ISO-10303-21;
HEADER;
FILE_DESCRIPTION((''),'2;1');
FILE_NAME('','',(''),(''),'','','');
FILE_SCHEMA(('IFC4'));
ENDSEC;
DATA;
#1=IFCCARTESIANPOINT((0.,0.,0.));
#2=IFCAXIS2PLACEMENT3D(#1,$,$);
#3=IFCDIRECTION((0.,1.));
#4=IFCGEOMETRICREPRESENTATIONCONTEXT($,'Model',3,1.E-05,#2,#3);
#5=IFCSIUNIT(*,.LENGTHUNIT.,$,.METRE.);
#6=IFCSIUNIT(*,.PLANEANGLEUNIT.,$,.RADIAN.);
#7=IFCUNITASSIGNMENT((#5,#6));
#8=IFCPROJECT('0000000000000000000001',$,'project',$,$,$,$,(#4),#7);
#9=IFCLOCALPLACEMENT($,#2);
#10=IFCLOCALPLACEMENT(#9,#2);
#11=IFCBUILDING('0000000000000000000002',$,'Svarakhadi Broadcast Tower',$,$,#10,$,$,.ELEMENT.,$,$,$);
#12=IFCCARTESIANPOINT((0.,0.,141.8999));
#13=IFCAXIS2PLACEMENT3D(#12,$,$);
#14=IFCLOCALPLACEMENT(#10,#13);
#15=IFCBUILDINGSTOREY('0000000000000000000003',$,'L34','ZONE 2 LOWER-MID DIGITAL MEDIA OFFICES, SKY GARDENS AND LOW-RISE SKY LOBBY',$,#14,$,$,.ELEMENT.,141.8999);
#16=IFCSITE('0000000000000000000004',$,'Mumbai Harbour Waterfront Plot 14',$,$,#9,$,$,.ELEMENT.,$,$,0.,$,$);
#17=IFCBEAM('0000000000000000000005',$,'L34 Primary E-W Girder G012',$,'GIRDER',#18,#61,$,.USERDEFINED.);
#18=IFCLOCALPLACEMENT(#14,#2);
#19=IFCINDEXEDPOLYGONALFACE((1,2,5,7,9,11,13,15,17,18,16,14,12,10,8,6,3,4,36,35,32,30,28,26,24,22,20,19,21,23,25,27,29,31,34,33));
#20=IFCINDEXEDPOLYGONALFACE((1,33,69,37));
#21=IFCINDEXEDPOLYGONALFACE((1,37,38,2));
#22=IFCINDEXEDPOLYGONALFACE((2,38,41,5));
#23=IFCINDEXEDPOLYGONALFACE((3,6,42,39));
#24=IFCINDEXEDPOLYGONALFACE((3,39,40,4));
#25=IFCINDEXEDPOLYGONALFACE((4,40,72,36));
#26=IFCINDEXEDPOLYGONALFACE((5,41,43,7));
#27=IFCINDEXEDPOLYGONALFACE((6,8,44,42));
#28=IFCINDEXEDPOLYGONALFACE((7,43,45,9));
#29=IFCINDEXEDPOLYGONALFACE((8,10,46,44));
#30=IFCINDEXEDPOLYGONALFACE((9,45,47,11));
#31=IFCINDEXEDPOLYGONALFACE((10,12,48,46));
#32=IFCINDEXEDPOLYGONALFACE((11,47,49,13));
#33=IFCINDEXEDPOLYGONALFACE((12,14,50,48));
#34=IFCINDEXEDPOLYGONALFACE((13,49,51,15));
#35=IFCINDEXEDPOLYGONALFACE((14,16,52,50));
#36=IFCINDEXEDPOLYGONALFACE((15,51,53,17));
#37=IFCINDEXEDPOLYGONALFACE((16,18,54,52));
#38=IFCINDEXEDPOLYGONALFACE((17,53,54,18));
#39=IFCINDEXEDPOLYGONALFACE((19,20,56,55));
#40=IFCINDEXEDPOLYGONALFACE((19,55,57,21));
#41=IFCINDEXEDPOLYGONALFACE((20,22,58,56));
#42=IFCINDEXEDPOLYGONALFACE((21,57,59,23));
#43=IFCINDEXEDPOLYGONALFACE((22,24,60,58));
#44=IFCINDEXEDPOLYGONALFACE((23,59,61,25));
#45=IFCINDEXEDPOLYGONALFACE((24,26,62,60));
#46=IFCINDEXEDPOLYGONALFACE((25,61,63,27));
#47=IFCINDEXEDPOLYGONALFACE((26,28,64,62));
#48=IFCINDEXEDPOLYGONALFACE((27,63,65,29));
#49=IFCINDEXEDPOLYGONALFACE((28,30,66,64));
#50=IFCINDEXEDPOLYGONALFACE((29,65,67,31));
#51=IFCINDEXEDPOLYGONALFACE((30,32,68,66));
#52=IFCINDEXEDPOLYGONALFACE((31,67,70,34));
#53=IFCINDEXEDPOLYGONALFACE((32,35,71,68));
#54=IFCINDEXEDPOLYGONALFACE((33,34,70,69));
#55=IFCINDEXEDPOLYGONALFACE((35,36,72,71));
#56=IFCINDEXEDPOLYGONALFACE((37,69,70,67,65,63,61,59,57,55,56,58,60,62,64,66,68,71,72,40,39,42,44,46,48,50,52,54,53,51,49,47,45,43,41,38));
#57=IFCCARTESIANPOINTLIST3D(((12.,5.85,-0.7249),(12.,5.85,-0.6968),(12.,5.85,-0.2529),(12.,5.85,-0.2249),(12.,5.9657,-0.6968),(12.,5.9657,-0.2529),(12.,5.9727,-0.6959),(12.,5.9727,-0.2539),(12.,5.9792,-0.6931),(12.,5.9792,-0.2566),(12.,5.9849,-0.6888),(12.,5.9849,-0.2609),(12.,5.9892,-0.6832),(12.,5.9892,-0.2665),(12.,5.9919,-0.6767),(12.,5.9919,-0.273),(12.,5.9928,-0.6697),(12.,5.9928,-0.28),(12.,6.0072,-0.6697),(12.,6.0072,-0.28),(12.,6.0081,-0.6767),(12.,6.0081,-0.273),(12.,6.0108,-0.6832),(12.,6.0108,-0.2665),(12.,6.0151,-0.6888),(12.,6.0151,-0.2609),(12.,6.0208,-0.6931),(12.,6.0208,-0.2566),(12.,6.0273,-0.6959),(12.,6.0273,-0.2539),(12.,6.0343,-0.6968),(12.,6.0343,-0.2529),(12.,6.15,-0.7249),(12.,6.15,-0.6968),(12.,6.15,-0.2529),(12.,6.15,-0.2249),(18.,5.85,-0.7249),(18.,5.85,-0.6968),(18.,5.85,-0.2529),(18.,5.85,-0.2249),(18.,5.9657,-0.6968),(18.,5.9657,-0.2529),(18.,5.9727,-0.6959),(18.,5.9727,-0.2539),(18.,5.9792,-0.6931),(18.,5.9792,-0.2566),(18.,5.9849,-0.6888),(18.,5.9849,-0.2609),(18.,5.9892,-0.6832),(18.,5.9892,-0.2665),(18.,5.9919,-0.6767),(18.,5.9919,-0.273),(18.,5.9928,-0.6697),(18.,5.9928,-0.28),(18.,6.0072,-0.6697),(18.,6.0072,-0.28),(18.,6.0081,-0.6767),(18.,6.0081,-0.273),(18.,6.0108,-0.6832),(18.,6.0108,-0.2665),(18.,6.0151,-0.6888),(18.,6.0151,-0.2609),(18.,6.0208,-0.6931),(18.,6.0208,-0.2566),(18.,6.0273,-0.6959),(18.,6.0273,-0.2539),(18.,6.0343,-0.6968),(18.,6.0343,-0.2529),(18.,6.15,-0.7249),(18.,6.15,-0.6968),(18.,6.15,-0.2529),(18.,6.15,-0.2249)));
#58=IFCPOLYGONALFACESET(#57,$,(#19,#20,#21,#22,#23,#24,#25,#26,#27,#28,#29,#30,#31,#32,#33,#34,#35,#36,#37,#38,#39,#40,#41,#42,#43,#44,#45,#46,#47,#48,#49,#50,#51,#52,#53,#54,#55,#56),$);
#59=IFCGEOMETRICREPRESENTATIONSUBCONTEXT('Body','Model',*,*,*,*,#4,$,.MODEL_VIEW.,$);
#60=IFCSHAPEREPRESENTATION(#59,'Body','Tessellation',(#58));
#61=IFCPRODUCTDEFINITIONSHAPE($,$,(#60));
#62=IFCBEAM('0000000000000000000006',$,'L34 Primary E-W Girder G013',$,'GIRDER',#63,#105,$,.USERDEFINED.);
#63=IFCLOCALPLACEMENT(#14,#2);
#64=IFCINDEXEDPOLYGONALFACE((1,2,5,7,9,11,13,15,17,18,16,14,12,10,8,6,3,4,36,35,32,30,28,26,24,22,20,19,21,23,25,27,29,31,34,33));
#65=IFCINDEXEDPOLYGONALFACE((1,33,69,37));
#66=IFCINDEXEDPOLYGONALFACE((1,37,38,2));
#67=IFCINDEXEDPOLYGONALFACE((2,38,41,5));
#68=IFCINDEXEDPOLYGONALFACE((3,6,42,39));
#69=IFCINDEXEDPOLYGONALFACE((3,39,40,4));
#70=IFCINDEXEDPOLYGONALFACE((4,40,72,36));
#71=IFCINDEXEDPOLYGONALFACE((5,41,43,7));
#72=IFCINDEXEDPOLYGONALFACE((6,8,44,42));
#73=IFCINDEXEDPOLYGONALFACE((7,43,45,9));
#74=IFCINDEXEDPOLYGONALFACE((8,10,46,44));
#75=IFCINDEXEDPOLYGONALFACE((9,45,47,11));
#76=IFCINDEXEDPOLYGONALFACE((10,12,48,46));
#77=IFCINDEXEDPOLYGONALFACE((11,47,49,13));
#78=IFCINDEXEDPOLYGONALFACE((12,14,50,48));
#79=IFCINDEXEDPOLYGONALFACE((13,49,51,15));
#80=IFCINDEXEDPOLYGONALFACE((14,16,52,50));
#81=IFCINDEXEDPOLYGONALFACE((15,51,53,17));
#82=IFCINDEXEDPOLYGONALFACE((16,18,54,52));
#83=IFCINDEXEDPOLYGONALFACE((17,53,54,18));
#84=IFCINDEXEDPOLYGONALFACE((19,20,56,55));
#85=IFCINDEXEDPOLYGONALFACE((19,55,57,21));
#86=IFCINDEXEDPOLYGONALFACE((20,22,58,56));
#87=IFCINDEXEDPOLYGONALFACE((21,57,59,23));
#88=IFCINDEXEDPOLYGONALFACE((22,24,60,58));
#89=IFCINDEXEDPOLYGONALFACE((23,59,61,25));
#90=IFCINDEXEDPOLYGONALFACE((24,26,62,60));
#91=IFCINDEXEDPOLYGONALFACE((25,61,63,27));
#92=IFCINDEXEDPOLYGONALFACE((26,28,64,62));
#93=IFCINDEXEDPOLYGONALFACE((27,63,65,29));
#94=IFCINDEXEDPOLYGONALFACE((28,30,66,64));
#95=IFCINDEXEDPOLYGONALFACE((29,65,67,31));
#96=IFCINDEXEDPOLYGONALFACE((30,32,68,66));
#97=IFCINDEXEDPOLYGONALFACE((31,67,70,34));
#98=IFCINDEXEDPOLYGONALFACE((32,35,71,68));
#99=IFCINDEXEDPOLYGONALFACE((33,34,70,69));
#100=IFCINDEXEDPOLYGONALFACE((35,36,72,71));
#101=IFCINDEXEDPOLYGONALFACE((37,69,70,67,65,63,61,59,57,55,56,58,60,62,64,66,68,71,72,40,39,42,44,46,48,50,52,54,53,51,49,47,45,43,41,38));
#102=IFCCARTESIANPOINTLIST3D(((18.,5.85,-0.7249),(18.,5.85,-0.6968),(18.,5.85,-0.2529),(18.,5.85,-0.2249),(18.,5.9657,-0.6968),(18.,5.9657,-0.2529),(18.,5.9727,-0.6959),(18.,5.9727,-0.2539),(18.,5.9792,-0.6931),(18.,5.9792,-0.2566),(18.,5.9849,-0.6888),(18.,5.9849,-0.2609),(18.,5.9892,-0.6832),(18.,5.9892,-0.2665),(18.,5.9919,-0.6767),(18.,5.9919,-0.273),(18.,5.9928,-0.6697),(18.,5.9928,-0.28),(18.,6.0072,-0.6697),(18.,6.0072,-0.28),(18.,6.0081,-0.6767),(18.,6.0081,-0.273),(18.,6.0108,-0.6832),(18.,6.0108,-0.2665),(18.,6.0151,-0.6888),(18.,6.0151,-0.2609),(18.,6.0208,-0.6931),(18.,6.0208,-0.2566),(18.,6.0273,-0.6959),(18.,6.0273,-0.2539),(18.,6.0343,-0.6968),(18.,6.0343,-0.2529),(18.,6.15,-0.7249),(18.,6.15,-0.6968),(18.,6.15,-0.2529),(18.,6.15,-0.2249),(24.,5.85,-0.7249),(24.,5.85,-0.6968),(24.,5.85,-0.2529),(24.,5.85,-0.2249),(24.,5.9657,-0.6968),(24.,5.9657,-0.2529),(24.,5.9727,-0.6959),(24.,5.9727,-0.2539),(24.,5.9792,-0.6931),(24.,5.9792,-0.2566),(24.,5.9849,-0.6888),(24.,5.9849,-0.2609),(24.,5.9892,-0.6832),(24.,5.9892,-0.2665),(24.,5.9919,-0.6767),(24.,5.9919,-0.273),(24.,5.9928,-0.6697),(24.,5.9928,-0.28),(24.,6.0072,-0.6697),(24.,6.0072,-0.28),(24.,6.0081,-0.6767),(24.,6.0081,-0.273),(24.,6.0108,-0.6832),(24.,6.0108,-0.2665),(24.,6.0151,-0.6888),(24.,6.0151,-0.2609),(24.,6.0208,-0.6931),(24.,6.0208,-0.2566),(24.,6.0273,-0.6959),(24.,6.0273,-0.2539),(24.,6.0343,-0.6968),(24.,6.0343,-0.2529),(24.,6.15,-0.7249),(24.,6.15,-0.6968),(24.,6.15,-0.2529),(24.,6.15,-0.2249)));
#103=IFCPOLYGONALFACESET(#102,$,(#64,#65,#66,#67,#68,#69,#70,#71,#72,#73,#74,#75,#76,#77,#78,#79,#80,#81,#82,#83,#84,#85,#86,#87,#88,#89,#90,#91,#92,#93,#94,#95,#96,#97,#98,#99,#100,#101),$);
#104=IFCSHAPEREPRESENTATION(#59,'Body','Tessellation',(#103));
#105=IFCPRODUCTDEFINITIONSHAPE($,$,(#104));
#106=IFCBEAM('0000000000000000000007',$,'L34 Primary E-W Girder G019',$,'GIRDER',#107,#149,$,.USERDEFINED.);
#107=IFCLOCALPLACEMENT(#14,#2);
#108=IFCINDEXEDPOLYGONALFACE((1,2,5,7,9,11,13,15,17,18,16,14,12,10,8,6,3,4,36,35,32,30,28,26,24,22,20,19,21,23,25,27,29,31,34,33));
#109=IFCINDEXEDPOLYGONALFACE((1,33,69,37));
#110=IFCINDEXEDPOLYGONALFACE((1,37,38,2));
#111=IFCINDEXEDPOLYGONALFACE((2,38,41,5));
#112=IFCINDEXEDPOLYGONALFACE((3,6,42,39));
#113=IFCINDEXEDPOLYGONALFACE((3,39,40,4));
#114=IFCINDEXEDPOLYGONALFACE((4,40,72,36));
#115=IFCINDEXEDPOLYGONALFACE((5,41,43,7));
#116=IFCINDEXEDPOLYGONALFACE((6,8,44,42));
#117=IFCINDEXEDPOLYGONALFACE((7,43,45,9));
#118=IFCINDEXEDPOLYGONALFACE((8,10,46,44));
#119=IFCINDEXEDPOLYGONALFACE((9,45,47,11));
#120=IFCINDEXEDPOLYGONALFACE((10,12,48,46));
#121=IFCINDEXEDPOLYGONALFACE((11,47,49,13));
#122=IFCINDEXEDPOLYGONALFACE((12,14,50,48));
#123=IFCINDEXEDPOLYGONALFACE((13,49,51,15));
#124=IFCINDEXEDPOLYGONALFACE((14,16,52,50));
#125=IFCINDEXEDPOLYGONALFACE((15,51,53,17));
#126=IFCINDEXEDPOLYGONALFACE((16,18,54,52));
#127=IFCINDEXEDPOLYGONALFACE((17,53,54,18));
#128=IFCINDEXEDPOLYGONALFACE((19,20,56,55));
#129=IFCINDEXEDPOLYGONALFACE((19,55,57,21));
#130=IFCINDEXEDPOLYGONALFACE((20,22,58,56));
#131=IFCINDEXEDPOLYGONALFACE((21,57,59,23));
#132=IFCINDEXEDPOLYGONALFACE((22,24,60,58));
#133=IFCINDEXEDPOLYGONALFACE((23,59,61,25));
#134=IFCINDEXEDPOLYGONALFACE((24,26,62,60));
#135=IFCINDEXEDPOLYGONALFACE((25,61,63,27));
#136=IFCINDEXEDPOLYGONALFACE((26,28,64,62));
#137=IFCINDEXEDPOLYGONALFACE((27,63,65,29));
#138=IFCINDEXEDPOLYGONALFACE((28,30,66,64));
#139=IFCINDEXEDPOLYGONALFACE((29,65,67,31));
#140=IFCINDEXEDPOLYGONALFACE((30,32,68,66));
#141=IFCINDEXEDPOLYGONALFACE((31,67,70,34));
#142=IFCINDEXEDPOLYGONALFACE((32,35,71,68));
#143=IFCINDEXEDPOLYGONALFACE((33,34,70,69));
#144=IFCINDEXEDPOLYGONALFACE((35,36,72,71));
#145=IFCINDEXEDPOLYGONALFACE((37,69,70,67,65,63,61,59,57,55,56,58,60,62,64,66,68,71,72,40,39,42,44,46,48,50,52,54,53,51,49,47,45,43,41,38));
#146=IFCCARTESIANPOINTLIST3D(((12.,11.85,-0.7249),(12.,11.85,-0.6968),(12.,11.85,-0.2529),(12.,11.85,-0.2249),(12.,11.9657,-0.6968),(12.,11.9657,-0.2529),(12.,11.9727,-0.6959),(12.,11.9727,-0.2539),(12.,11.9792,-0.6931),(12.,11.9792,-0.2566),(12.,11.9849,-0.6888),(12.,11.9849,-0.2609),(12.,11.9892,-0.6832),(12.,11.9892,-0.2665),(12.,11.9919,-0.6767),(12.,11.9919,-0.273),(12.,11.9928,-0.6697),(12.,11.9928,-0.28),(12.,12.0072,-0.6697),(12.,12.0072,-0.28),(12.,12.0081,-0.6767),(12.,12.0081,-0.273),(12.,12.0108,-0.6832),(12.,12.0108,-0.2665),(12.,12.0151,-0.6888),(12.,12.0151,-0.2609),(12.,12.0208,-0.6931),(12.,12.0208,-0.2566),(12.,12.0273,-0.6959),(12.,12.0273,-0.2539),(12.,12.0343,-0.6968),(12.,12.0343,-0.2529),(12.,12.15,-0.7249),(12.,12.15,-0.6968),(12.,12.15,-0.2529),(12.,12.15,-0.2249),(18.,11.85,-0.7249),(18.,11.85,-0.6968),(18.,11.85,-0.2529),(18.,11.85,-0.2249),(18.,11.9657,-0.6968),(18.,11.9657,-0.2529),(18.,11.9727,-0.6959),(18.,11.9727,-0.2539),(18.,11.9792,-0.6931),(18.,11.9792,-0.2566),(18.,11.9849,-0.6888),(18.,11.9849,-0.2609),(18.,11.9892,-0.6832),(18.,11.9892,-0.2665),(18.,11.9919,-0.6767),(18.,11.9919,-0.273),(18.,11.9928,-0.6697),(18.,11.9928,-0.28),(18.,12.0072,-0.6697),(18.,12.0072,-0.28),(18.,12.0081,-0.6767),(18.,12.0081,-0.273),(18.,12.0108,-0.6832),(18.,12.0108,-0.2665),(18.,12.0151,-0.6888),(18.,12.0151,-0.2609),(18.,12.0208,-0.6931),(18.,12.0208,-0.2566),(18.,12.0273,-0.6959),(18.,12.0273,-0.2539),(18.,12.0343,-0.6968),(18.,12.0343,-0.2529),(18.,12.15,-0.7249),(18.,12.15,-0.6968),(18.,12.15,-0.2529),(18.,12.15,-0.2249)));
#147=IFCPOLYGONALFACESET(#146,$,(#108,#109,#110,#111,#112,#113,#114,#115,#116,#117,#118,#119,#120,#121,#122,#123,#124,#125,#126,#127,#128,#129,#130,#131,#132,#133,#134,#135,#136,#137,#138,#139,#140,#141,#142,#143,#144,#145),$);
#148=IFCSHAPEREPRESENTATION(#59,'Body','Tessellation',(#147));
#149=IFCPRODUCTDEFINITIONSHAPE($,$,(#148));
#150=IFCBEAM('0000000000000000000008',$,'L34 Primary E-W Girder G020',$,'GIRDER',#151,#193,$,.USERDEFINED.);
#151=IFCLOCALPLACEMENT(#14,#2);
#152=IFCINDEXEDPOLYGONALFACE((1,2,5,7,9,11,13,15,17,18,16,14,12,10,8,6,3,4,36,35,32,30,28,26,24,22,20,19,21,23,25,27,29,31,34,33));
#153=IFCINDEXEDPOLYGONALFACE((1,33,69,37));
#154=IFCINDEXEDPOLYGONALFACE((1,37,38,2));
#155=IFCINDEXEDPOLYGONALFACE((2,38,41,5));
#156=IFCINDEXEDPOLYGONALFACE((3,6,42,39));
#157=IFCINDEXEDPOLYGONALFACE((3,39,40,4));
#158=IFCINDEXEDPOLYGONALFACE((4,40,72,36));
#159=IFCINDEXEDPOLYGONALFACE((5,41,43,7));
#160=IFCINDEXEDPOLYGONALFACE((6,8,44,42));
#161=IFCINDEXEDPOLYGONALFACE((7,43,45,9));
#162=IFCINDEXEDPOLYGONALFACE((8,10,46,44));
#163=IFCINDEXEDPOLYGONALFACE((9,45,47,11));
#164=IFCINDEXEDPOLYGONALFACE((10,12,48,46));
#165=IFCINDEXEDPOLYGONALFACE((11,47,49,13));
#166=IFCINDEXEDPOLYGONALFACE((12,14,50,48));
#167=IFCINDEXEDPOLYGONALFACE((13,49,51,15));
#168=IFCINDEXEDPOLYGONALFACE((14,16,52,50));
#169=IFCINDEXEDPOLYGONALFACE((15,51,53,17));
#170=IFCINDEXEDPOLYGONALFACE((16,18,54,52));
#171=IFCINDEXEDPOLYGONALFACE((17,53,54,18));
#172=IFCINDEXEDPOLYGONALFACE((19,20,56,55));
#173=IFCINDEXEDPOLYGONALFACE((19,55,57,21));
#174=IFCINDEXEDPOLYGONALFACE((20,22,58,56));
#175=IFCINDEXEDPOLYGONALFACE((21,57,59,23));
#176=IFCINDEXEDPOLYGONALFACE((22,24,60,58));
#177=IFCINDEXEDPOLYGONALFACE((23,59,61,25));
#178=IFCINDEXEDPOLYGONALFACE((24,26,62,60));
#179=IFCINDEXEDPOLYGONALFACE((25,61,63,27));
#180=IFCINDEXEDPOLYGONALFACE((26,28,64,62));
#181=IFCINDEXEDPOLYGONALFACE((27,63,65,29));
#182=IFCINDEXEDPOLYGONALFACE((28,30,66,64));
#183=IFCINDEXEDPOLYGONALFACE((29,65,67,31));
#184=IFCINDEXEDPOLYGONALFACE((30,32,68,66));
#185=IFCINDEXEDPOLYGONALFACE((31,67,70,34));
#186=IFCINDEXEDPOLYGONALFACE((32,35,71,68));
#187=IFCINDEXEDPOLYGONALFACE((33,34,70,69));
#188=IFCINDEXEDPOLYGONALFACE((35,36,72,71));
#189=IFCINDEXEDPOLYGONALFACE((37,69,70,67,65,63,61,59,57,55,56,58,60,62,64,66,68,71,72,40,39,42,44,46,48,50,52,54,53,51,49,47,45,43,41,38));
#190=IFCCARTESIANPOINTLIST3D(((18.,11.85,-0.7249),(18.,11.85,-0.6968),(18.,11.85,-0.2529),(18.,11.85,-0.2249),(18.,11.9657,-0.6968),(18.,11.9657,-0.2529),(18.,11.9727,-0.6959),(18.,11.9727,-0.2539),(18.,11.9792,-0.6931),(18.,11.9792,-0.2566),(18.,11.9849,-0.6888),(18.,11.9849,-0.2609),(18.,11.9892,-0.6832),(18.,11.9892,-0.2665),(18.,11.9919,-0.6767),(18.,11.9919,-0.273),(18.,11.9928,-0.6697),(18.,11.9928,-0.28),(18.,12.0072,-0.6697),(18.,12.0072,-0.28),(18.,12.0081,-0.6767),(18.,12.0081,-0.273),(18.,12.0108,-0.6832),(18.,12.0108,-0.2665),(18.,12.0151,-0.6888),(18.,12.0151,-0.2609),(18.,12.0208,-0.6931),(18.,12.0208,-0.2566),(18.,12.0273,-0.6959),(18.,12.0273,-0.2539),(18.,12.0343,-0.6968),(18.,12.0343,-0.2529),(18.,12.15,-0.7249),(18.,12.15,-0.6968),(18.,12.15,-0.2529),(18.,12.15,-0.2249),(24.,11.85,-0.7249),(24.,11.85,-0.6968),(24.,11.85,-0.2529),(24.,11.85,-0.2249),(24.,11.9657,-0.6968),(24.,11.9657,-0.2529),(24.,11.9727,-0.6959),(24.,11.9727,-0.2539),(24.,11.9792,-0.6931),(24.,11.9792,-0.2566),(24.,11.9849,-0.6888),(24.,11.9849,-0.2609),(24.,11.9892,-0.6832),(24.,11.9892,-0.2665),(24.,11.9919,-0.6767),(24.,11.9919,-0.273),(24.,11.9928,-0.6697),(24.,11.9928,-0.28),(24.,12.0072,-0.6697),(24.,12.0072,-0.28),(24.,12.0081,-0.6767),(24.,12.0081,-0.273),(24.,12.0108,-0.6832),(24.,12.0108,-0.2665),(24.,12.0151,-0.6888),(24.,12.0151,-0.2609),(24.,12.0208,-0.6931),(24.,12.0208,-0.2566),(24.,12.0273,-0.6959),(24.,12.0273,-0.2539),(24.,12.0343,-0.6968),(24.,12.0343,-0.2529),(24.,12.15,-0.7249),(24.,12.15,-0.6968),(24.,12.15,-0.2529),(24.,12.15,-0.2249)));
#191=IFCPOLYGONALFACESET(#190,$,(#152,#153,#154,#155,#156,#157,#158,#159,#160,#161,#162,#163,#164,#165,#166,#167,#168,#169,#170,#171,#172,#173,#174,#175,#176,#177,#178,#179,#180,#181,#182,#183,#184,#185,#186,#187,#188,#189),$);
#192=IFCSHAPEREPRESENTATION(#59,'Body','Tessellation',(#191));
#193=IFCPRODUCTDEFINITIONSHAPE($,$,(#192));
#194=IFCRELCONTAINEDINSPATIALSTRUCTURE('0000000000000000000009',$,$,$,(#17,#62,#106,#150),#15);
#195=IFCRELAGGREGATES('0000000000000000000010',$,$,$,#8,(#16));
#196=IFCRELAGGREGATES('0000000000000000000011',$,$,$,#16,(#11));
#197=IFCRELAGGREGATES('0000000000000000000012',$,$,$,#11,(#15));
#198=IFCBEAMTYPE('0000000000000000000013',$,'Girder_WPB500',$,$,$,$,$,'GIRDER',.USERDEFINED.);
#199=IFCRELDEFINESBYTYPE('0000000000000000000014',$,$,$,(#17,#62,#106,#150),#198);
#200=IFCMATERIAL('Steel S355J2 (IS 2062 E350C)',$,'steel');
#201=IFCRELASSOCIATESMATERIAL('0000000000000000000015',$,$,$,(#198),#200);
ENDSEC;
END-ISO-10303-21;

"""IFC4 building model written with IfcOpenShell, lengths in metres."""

from ifc_helpers import new_model, si_unit, direction, frame, origin, origin_2d, place, context, subcontext, project, spatial, i_section, extrude, material, material_profile, profile_set, type_object, element, save


model = new_model("IFC4")

# Units and contexts
model_context = context("Model", 3, precision=1e-05, world=origin(), true_north=direction((0.0, 1.0)))
body_context = subcontext(model_context, "Body", "Model", "MODEL_VIEW")
ifc_project = project(units=[si_unit("LENGTHUNIT", "METRE"), si_unit("PLANEANGLEUNIT", "RADIAN")], contexts=[model_context])

# Site, building, storey
site_placement = place(None, origin())
site = spatial("IfcSite", under=ifc_project, at=site_placement, Name="Mumbai Harbour Waterfront Plot 14", CompositionType="ELEMENT", RefElevation=0.0)
building_placement = place(site_placement, origin())
building = spatial("IfcBuilding", under=site, at=building_placement, Name="Svarakhadi Broadcast Tower", CompositionType="ELEMENT")
storey_placement = place(building_placement, frame((0.0, 0.0, 141.8999)))
storey = spatial("IfcBuildingStorey", under=building, at=storey_placement, Name="L34", Description="ZONE 2 LOWER-MID DIGITAL MEDIA OFFICES, SKY GARDENS AND LOW-RISE SKY LOBBY", CompositionType="ELEMENT", Elevation=141.8999)

# Beams
ifc_material_1 = material(Name="Steel S355J2 (IS 2062 E350C)", Category="steel")
ifc_material_profile_1 = material_profile(ifc_material_1, i_section(OverallWidth=0.3, OverallDepth=0.5, WebThickness=0.0144, FlangeThickness=0.0281, FilletRadius=0.0271, at=origin_2d()), Name="WPB 500x300x187")
ifc_profile_set_1 = profile_set([ifc_material_profile_1], Name="Steel S355J2 (IS 2062 E350C)")
beam_type_1 = type_object("IfcBeamType", Name="Girder_WPB500", ElementType="GIRDER", PredefinedType="USERDEFINED", material=ifc_profile_set_1)
for number, where, z_axis, x_axis, name in (
    (1, (12.0, 6.0, -0.4749), (1.0, 0.0, 0.0), (0.0, 1.0, 0.0), "L34 Primary E-W Girder G012"),
    (2, (18.0, 6.0, -0.4749), (1.0, 0.0, 0.0), (0.0, 1.0, 0.0), "L34 Primary E-W Girder G013"),
    (3, (12.0, 12.0, -0.4749), (1.0, 0.0, 0.0), (0.0, 1.0, 0.0), "L34 Primary E-W Girder G019"),
    (4, (18.0, 12.0, -0.4749), (1.0, 0.0, 0.0), (0.0, 1.0, 0.0), "L34 Primary E-W Girder G020"),
):
    element("IfcBeam", number, at=place(storey_placement, frame(where, z_axis=z_axis, x_axis=x_axis)), inside=storey, type_object=beam_type_1, Name=name, ObjectType="GIRDER", PredefinedType="USERDEFINED", context=body_context, shape_type="SweptSolid", body=[
        extrude(i_section(OverallWidth=0.3, OverallDepth=0.5, WebThickness=0.0144, FlangeThickness=0.0281, FilletRadius=0.0271, at=origin_2d()), origin(), (0.0, 0.0, 1.0), 6.0),
    ])

save(model, "model.ifc")
